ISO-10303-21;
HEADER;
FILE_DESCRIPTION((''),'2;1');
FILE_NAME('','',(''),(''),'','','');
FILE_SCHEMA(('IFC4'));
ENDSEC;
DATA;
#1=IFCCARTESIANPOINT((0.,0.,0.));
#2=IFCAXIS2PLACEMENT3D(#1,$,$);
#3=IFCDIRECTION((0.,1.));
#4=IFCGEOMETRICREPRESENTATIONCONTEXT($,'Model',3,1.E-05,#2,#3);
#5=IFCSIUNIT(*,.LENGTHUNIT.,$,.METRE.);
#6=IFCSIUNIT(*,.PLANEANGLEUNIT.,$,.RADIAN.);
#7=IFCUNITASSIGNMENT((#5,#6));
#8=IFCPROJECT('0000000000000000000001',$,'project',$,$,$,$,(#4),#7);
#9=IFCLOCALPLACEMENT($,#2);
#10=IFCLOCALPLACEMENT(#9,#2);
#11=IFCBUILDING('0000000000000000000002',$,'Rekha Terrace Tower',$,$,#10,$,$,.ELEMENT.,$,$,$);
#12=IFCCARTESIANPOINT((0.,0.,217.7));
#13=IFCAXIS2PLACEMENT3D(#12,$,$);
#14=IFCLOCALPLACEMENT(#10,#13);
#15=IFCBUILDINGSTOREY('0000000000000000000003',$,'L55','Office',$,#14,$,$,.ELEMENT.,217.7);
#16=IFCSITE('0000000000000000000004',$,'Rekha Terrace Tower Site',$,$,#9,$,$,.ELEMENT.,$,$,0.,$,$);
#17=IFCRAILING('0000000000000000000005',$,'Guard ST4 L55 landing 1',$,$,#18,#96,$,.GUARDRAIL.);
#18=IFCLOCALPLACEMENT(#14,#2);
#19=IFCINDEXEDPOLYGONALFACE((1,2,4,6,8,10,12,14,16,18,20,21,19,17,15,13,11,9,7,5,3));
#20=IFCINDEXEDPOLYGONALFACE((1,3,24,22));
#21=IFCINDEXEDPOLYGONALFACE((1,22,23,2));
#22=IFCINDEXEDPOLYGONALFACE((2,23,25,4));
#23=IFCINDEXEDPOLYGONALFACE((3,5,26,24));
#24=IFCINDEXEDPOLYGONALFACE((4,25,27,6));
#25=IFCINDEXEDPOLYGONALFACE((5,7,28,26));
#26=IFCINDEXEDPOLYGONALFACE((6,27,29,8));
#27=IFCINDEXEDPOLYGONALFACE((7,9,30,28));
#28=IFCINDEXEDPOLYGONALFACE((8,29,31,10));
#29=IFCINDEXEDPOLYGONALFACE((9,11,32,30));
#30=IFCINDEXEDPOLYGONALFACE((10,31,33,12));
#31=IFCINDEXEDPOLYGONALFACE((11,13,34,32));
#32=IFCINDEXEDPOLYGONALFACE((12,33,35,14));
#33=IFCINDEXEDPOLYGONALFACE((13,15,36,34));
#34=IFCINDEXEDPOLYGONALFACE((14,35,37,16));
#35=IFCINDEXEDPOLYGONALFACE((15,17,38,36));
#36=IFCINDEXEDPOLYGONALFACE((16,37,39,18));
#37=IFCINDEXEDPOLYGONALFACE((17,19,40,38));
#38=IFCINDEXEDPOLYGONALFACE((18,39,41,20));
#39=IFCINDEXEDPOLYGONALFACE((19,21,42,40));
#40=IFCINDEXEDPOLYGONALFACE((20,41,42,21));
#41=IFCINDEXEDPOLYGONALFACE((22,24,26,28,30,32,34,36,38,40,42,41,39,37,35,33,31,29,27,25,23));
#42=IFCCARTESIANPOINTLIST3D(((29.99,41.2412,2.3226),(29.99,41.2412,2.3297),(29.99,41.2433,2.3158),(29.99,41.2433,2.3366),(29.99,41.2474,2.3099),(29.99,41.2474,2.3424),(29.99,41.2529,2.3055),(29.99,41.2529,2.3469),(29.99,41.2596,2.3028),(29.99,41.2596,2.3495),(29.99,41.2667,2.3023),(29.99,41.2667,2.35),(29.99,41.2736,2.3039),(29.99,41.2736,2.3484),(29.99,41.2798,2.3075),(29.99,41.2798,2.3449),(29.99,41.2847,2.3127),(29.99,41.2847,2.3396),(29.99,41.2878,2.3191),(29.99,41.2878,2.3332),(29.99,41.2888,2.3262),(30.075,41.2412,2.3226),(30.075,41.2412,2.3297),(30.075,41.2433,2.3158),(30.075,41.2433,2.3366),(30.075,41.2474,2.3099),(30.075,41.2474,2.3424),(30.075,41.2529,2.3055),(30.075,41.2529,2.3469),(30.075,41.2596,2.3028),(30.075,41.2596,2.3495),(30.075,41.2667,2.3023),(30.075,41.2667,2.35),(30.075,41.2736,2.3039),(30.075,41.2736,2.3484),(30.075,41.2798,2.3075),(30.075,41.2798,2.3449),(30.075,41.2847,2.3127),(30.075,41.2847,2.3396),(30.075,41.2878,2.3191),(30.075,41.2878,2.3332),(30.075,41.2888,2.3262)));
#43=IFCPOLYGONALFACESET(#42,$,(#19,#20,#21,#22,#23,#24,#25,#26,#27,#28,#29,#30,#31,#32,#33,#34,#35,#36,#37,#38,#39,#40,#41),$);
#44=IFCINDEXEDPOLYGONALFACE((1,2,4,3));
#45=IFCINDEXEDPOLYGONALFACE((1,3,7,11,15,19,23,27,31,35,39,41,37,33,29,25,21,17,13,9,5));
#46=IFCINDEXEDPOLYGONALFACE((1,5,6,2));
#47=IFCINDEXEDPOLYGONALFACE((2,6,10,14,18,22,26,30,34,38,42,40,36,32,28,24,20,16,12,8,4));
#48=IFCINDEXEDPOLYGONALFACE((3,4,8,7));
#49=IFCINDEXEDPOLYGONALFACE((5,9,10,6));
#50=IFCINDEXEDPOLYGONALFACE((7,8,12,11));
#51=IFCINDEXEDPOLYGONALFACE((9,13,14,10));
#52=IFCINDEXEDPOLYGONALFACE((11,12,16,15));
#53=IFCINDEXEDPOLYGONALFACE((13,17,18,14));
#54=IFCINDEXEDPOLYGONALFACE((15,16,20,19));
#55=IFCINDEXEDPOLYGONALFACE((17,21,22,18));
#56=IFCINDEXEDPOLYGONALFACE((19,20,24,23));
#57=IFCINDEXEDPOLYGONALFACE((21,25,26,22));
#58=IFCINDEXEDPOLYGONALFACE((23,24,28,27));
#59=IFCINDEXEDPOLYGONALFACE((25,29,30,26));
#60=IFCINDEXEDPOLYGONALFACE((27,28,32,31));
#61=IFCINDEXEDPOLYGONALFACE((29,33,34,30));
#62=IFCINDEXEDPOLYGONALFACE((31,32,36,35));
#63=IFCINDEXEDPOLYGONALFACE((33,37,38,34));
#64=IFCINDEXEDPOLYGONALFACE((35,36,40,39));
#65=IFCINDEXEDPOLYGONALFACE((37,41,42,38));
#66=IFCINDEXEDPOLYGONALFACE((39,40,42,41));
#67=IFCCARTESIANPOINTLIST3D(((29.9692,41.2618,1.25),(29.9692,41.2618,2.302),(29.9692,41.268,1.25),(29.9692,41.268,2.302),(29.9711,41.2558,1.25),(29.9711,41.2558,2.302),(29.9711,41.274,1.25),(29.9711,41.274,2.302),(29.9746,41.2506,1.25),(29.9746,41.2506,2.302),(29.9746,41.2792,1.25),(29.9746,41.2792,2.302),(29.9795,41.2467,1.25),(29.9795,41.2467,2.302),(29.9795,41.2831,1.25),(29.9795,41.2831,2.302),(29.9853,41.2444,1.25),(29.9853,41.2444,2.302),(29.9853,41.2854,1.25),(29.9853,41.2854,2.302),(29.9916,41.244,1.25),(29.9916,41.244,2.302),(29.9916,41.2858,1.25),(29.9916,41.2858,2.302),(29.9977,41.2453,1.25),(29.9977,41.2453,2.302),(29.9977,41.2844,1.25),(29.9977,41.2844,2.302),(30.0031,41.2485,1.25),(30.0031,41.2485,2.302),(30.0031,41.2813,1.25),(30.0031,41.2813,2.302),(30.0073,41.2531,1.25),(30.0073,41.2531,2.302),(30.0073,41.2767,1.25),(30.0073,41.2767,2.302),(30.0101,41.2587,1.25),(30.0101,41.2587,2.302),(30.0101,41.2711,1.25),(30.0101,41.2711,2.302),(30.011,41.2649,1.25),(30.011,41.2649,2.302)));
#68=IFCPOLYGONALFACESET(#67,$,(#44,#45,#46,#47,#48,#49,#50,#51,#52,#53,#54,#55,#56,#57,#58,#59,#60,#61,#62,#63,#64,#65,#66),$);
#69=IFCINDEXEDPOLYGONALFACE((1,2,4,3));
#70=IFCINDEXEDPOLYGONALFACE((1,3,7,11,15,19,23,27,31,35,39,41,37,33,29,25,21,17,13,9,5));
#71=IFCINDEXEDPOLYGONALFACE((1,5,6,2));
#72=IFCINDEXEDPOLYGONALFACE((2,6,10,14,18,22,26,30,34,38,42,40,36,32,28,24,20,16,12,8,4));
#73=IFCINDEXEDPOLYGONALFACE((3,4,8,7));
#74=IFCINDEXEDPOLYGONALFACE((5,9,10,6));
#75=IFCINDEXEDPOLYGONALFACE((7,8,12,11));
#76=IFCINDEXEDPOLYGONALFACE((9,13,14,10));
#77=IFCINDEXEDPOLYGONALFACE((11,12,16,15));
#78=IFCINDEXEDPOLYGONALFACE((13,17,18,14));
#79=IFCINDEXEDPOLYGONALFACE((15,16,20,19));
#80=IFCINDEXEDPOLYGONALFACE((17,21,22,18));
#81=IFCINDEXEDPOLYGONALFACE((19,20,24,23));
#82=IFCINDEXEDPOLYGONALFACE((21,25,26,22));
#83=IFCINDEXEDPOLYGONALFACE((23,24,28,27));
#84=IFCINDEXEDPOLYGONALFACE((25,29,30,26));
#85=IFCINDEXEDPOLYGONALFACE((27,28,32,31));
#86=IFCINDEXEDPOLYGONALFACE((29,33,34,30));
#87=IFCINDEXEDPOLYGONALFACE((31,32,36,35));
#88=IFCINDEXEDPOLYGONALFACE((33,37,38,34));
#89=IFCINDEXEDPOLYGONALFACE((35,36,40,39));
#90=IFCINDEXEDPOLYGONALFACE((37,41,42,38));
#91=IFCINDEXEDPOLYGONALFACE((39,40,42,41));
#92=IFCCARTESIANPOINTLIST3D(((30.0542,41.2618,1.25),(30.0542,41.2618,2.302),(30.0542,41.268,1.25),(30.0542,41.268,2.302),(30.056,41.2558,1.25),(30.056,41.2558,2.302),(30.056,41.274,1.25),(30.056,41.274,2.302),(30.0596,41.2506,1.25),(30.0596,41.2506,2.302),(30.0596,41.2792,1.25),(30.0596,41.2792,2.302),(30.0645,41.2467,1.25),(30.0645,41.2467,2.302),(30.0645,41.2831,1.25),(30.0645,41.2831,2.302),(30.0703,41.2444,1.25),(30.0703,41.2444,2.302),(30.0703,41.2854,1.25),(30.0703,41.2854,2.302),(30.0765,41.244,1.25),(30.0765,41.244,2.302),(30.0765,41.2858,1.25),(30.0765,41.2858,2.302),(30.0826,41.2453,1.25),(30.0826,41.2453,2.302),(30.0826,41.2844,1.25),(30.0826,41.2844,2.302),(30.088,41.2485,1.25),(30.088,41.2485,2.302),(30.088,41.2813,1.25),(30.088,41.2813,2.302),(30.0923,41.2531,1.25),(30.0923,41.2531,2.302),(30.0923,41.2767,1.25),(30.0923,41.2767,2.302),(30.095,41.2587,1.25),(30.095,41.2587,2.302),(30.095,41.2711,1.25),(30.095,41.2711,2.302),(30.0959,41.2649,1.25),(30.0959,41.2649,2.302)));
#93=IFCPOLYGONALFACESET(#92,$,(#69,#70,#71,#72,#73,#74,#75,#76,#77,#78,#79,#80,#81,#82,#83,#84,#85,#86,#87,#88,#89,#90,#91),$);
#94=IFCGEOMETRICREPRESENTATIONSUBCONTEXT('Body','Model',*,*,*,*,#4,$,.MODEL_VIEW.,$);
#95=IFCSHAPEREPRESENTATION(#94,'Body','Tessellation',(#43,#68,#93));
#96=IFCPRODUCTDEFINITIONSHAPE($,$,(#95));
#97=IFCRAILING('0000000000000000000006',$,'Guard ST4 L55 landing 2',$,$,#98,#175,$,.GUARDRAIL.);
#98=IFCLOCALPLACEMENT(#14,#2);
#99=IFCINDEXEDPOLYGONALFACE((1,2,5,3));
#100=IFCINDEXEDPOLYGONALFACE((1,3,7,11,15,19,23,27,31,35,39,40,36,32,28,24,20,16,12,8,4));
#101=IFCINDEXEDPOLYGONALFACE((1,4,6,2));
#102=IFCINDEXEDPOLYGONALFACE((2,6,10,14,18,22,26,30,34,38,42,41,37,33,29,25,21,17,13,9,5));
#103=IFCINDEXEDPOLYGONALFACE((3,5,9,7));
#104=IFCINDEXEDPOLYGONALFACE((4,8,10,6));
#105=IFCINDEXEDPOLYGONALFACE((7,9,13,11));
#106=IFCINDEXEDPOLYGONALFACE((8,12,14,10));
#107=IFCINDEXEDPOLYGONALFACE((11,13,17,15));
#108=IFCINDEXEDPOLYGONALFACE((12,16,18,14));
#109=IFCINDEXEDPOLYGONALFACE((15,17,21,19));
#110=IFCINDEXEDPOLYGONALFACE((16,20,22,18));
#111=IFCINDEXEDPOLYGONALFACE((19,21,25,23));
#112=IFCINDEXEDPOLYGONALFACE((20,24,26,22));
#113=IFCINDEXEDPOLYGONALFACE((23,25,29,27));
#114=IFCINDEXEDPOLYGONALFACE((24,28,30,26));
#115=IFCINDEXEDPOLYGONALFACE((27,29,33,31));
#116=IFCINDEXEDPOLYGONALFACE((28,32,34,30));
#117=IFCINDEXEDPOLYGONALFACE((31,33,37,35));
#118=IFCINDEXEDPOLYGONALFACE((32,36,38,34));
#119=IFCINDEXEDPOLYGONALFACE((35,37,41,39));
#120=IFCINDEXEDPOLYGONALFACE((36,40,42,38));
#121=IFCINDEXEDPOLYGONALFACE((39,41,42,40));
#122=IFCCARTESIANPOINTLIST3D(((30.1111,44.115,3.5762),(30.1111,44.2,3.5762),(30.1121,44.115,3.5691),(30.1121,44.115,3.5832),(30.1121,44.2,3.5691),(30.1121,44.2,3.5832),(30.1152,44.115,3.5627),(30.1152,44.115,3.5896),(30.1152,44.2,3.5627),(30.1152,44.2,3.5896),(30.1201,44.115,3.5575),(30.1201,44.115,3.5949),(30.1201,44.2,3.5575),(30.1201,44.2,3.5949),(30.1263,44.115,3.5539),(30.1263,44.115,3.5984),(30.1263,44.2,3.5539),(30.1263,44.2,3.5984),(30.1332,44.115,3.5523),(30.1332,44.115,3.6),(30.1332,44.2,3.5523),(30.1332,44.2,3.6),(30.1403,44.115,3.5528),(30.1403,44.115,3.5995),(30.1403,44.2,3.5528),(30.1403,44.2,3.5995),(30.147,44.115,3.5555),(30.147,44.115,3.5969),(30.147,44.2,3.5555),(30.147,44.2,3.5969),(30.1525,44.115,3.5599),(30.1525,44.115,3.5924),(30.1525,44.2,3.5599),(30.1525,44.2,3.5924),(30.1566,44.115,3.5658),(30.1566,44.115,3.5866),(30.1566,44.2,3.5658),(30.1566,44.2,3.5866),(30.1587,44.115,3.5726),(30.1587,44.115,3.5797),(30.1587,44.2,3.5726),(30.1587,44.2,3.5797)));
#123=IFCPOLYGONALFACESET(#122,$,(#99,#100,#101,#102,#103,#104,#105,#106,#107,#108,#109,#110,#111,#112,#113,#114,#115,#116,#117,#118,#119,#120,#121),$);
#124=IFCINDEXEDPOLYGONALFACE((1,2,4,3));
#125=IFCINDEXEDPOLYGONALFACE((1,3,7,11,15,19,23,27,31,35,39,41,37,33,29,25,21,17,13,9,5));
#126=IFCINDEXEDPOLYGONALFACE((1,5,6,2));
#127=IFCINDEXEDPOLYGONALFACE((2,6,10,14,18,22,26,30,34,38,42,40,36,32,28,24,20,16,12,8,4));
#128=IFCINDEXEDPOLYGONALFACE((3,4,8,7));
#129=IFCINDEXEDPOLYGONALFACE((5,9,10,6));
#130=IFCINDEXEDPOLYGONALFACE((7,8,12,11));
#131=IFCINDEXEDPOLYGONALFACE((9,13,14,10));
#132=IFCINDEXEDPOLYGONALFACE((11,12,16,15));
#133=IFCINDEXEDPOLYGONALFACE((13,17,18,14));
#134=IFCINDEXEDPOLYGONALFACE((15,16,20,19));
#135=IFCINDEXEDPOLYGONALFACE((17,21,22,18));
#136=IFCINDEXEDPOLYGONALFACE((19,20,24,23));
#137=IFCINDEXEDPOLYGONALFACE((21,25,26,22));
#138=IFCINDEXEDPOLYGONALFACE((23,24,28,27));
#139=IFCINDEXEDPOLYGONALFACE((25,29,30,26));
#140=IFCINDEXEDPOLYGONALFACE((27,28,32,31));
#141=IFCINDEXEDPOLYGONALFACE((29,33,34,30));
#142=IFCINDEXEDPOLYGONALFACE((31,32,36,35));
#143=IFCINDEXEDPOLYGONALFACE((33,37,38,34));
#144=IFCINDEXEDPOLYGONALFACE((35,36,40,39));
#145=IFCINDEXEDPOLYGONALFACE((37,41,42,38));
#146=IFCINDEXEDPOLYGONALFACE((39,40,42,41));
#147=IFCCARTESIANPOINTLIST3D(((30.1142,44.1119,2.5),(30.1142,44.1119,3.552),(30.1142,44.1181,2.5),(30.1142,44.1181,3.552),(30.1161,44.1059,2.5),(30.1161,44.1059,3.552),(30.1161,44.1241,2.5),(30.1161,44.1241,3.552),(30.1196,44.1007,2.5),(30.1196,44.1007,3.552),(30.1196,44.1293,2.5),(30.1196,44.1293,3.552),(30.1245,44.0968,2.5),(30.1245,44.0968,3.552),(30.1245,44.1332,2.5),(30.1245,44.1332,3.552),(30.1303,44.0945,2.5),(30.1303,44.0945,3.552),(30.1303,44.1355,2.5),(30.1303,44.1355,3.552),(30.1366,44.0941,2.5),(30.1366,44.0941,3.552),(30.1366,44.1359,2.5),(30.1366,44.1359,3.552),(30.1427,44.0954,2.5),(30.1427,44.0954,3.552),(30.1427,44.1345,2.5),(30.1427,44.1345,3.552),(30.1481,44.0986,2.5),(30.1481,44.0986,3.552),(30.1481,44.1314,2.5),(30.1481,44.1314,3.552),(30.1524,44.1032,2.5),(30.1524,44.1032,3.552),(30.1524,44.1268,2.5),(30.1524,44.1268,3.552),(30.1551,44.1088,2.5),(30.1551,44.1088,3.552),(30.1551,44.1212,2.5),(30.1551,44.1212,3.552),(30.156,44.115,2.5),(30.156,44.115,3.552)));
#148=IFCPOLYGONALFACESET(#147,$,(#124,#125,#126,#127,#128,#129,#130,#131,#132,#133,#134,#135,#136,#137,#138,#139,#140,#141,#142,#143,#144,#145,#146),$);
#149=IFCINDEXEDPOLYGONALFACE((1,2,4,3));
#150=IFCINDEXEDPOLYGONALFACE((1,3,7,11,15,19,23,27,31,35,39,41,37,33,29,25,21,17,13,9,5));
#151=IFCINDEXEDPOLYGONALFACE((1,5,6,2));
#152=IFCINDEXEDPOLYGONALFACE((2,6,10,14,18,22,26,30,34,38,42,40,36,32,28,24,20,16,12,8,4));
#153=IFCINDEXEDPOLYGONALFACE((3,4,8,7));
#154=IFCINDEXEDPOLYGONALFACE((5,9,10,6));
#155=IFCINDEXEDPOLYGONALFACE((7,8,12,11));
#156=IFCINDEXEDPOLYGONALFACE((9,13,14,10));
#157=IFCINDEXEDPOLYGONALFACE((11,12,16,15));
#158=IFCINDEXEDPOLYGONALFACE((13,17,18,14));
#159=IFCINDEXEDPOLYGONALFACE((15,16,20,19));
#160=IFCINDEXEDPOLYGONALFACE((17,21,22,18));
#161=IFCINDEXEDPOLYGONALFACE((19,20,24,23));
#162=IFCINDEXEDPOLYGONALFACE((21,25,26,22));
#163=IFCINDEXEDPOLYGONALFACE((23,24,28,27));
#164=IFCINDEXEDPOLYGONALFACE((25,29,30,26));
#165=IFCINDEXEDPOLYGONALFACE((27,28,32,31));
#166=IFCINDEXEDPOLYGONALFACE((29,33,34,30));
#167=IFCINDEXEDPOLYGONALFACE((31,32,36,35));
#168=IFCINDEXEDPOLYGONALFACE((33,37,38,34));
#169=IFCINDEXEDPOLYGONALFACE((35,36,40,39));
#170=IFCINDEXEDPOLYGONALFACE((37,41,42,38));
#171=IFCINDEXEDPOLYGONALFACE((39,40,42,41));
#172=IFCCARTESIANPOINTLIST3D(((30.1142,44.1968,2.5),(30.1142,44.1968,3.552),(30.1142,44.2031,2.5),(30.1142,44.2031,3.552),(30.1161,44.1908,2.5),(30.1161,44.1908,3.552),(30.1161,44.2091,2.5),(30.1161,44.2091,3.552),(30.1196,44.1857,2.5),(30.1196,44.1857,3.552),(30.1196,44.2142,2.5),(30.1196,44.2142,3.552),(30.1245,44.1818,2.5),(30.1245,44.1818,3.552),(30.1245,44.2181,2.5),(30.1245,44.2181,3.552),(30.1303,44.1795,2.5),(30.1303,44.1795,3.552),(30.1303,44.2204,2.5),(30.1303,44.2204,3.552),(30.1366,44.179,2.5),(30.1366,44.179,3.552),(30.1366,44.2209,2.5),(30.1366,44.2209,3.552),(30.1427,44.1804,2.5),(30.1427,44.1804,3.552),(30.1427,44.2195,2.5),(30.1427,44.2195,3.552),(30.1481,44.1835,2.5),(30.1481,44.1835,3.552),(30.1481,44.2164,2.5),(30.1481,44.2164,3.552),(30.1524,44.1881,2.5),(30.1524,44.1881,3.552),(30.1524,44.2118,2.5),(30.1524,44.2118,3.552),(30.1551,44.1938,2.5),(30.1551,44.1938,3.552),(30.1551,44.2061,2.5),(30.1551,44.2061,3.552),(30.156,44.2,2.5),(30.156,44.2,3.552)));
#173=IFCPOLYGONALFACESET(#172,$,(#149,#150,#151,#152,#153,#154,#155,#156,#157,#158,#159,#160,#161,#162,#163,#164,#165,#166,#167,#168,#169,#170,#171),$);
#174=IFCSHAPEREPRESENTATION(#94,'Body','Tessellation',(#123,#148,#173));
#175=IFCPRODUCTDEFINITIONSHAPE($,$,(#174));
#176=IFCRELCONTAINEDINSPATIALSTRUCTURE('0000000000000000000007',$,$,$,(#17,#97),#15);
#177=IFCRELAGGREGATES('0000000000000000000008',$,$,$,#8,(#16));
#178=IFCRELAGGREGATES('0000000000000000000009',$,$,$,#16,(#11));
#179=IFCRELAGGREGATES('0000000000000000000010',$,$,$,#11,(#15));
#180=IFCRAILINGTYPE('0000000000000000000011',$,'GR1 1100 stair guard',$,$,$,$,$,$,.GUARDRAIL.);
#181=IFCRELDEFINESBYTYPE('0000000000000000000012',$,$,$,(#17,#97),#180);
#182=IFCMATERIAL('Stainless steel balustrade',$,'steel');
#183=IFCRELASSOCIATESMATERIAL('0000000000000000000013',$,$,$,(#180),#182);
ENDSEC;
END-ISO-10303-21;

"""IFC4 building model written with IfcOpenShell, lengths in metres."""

from ifc_helpers import new_model, si_unit, direction, frame, origin, origin_2d, place, context, subcontext, project, spatial, circle, extrude, material, type_object, element, save


model = new_model("IFC4")

# Units and contexts
model_context = context("Model", 3, precision=1e-05, world=origin(), true_north=direction((0.0, 1.0)))
body_context = subcontext(model_context, "Body", "Model", "MODEL_VIEW")
ifc_project = project(units=[si_unit("LENGTHUNIT", "METRE"), si_unit("PLANEANGLEUNIT", "RADIAN")], contexts=[model_context])

# Site, building, storey
site_placement = place(None, origin())
site = spatial("IfcSite", under=ifc_project, at=site_placement, Name="Rekha Terrace Tower Site", CompositionType="ELEMENT", RefElevation=0.0)
building_placement = place(site_placement, origin())
building = spatial("IfcBuilding", under=site, at=building_placement, Name="Rekha Terrace Tower", CompositionType="ELEMENT")
storey_placement = place(building_placement, frame((0.0, 0.0, 217.7)))
storey = spatial("IfcBuildingStorey", under=building, at=storey_placement, Name="L55", Description="Office", CompositionType="ELEMENT", Elevation=217.7)

# Railings
ifc_material_1 = material(Name="Stainless steel balustrade", Category="steel")
railing_type_1 = type_object("IfcRailingType", Name="GR1 1100 stair guard", PredefinedType="GUARDRAIL", material=ifc_material_1)
railing_1_placement = place(storey_placement, frame((29.99, 41.2649, 1.25)))
element("IfcRailing", 1, at=railing_1_placement, inside=storey, type_object=railing_type_1, Name="Guard ST4 L55 landing 1", PredefinedType="GUARDRAIL", context=body_context, shape_type="SweptSolid", body=[
    extrude(circle(Radius=0.0239, at=origin_2d()), frame((0.0, 0.0, 1.0762), z_axis=(1.0, 0.0, 0.0), x_axis=(0.0, 1.0, 0.0)), (0.0, 0.0, 1.0), 0.085),
    extrude(circle(Radius=0.021, at=origin_2d()), origin(), (0.0, 0.0, 1.0), 1.052),
    extrude(circle(Radius=0.021, at=origin_2d()), frame((0.085, 0.0, 0.0)), (0.0, 0.0, 1.0), 1.052),
])
railing_2_placement = place(storey_placement, frame((30.135, 44.115, 2.5)))
element("IfcRailing", 2, at=railing_2_placement, inside=storey, type_object=railing_type_1, Name="Guard ST4 L55 landing 2", PredefinedType="GUARDRAIL", context=body_context, shape_type="SweptSolid", body=[
    extrude(circle(Radius=0.0239, at=origin_2d()), frame((0.0, 0.0, 1.0762), z_axis=(0.0, 1.0, 0.0), x_axis=(-1.0, 0.0, 0.0)), (0.0, 0.0, 1.0), 0.085),
    extrude(circle(Radius=0.021, at=origin_2d()), origin(), (0.0, 0.0, 1.0), 1.052),
    extrude(circle(Radius=0.021, at=origin_2d()), frame((0.0, 0.085, 0.0)), (0.0, 0.0, 1.0), 1.052),
])

save(model, "model.ifc")
